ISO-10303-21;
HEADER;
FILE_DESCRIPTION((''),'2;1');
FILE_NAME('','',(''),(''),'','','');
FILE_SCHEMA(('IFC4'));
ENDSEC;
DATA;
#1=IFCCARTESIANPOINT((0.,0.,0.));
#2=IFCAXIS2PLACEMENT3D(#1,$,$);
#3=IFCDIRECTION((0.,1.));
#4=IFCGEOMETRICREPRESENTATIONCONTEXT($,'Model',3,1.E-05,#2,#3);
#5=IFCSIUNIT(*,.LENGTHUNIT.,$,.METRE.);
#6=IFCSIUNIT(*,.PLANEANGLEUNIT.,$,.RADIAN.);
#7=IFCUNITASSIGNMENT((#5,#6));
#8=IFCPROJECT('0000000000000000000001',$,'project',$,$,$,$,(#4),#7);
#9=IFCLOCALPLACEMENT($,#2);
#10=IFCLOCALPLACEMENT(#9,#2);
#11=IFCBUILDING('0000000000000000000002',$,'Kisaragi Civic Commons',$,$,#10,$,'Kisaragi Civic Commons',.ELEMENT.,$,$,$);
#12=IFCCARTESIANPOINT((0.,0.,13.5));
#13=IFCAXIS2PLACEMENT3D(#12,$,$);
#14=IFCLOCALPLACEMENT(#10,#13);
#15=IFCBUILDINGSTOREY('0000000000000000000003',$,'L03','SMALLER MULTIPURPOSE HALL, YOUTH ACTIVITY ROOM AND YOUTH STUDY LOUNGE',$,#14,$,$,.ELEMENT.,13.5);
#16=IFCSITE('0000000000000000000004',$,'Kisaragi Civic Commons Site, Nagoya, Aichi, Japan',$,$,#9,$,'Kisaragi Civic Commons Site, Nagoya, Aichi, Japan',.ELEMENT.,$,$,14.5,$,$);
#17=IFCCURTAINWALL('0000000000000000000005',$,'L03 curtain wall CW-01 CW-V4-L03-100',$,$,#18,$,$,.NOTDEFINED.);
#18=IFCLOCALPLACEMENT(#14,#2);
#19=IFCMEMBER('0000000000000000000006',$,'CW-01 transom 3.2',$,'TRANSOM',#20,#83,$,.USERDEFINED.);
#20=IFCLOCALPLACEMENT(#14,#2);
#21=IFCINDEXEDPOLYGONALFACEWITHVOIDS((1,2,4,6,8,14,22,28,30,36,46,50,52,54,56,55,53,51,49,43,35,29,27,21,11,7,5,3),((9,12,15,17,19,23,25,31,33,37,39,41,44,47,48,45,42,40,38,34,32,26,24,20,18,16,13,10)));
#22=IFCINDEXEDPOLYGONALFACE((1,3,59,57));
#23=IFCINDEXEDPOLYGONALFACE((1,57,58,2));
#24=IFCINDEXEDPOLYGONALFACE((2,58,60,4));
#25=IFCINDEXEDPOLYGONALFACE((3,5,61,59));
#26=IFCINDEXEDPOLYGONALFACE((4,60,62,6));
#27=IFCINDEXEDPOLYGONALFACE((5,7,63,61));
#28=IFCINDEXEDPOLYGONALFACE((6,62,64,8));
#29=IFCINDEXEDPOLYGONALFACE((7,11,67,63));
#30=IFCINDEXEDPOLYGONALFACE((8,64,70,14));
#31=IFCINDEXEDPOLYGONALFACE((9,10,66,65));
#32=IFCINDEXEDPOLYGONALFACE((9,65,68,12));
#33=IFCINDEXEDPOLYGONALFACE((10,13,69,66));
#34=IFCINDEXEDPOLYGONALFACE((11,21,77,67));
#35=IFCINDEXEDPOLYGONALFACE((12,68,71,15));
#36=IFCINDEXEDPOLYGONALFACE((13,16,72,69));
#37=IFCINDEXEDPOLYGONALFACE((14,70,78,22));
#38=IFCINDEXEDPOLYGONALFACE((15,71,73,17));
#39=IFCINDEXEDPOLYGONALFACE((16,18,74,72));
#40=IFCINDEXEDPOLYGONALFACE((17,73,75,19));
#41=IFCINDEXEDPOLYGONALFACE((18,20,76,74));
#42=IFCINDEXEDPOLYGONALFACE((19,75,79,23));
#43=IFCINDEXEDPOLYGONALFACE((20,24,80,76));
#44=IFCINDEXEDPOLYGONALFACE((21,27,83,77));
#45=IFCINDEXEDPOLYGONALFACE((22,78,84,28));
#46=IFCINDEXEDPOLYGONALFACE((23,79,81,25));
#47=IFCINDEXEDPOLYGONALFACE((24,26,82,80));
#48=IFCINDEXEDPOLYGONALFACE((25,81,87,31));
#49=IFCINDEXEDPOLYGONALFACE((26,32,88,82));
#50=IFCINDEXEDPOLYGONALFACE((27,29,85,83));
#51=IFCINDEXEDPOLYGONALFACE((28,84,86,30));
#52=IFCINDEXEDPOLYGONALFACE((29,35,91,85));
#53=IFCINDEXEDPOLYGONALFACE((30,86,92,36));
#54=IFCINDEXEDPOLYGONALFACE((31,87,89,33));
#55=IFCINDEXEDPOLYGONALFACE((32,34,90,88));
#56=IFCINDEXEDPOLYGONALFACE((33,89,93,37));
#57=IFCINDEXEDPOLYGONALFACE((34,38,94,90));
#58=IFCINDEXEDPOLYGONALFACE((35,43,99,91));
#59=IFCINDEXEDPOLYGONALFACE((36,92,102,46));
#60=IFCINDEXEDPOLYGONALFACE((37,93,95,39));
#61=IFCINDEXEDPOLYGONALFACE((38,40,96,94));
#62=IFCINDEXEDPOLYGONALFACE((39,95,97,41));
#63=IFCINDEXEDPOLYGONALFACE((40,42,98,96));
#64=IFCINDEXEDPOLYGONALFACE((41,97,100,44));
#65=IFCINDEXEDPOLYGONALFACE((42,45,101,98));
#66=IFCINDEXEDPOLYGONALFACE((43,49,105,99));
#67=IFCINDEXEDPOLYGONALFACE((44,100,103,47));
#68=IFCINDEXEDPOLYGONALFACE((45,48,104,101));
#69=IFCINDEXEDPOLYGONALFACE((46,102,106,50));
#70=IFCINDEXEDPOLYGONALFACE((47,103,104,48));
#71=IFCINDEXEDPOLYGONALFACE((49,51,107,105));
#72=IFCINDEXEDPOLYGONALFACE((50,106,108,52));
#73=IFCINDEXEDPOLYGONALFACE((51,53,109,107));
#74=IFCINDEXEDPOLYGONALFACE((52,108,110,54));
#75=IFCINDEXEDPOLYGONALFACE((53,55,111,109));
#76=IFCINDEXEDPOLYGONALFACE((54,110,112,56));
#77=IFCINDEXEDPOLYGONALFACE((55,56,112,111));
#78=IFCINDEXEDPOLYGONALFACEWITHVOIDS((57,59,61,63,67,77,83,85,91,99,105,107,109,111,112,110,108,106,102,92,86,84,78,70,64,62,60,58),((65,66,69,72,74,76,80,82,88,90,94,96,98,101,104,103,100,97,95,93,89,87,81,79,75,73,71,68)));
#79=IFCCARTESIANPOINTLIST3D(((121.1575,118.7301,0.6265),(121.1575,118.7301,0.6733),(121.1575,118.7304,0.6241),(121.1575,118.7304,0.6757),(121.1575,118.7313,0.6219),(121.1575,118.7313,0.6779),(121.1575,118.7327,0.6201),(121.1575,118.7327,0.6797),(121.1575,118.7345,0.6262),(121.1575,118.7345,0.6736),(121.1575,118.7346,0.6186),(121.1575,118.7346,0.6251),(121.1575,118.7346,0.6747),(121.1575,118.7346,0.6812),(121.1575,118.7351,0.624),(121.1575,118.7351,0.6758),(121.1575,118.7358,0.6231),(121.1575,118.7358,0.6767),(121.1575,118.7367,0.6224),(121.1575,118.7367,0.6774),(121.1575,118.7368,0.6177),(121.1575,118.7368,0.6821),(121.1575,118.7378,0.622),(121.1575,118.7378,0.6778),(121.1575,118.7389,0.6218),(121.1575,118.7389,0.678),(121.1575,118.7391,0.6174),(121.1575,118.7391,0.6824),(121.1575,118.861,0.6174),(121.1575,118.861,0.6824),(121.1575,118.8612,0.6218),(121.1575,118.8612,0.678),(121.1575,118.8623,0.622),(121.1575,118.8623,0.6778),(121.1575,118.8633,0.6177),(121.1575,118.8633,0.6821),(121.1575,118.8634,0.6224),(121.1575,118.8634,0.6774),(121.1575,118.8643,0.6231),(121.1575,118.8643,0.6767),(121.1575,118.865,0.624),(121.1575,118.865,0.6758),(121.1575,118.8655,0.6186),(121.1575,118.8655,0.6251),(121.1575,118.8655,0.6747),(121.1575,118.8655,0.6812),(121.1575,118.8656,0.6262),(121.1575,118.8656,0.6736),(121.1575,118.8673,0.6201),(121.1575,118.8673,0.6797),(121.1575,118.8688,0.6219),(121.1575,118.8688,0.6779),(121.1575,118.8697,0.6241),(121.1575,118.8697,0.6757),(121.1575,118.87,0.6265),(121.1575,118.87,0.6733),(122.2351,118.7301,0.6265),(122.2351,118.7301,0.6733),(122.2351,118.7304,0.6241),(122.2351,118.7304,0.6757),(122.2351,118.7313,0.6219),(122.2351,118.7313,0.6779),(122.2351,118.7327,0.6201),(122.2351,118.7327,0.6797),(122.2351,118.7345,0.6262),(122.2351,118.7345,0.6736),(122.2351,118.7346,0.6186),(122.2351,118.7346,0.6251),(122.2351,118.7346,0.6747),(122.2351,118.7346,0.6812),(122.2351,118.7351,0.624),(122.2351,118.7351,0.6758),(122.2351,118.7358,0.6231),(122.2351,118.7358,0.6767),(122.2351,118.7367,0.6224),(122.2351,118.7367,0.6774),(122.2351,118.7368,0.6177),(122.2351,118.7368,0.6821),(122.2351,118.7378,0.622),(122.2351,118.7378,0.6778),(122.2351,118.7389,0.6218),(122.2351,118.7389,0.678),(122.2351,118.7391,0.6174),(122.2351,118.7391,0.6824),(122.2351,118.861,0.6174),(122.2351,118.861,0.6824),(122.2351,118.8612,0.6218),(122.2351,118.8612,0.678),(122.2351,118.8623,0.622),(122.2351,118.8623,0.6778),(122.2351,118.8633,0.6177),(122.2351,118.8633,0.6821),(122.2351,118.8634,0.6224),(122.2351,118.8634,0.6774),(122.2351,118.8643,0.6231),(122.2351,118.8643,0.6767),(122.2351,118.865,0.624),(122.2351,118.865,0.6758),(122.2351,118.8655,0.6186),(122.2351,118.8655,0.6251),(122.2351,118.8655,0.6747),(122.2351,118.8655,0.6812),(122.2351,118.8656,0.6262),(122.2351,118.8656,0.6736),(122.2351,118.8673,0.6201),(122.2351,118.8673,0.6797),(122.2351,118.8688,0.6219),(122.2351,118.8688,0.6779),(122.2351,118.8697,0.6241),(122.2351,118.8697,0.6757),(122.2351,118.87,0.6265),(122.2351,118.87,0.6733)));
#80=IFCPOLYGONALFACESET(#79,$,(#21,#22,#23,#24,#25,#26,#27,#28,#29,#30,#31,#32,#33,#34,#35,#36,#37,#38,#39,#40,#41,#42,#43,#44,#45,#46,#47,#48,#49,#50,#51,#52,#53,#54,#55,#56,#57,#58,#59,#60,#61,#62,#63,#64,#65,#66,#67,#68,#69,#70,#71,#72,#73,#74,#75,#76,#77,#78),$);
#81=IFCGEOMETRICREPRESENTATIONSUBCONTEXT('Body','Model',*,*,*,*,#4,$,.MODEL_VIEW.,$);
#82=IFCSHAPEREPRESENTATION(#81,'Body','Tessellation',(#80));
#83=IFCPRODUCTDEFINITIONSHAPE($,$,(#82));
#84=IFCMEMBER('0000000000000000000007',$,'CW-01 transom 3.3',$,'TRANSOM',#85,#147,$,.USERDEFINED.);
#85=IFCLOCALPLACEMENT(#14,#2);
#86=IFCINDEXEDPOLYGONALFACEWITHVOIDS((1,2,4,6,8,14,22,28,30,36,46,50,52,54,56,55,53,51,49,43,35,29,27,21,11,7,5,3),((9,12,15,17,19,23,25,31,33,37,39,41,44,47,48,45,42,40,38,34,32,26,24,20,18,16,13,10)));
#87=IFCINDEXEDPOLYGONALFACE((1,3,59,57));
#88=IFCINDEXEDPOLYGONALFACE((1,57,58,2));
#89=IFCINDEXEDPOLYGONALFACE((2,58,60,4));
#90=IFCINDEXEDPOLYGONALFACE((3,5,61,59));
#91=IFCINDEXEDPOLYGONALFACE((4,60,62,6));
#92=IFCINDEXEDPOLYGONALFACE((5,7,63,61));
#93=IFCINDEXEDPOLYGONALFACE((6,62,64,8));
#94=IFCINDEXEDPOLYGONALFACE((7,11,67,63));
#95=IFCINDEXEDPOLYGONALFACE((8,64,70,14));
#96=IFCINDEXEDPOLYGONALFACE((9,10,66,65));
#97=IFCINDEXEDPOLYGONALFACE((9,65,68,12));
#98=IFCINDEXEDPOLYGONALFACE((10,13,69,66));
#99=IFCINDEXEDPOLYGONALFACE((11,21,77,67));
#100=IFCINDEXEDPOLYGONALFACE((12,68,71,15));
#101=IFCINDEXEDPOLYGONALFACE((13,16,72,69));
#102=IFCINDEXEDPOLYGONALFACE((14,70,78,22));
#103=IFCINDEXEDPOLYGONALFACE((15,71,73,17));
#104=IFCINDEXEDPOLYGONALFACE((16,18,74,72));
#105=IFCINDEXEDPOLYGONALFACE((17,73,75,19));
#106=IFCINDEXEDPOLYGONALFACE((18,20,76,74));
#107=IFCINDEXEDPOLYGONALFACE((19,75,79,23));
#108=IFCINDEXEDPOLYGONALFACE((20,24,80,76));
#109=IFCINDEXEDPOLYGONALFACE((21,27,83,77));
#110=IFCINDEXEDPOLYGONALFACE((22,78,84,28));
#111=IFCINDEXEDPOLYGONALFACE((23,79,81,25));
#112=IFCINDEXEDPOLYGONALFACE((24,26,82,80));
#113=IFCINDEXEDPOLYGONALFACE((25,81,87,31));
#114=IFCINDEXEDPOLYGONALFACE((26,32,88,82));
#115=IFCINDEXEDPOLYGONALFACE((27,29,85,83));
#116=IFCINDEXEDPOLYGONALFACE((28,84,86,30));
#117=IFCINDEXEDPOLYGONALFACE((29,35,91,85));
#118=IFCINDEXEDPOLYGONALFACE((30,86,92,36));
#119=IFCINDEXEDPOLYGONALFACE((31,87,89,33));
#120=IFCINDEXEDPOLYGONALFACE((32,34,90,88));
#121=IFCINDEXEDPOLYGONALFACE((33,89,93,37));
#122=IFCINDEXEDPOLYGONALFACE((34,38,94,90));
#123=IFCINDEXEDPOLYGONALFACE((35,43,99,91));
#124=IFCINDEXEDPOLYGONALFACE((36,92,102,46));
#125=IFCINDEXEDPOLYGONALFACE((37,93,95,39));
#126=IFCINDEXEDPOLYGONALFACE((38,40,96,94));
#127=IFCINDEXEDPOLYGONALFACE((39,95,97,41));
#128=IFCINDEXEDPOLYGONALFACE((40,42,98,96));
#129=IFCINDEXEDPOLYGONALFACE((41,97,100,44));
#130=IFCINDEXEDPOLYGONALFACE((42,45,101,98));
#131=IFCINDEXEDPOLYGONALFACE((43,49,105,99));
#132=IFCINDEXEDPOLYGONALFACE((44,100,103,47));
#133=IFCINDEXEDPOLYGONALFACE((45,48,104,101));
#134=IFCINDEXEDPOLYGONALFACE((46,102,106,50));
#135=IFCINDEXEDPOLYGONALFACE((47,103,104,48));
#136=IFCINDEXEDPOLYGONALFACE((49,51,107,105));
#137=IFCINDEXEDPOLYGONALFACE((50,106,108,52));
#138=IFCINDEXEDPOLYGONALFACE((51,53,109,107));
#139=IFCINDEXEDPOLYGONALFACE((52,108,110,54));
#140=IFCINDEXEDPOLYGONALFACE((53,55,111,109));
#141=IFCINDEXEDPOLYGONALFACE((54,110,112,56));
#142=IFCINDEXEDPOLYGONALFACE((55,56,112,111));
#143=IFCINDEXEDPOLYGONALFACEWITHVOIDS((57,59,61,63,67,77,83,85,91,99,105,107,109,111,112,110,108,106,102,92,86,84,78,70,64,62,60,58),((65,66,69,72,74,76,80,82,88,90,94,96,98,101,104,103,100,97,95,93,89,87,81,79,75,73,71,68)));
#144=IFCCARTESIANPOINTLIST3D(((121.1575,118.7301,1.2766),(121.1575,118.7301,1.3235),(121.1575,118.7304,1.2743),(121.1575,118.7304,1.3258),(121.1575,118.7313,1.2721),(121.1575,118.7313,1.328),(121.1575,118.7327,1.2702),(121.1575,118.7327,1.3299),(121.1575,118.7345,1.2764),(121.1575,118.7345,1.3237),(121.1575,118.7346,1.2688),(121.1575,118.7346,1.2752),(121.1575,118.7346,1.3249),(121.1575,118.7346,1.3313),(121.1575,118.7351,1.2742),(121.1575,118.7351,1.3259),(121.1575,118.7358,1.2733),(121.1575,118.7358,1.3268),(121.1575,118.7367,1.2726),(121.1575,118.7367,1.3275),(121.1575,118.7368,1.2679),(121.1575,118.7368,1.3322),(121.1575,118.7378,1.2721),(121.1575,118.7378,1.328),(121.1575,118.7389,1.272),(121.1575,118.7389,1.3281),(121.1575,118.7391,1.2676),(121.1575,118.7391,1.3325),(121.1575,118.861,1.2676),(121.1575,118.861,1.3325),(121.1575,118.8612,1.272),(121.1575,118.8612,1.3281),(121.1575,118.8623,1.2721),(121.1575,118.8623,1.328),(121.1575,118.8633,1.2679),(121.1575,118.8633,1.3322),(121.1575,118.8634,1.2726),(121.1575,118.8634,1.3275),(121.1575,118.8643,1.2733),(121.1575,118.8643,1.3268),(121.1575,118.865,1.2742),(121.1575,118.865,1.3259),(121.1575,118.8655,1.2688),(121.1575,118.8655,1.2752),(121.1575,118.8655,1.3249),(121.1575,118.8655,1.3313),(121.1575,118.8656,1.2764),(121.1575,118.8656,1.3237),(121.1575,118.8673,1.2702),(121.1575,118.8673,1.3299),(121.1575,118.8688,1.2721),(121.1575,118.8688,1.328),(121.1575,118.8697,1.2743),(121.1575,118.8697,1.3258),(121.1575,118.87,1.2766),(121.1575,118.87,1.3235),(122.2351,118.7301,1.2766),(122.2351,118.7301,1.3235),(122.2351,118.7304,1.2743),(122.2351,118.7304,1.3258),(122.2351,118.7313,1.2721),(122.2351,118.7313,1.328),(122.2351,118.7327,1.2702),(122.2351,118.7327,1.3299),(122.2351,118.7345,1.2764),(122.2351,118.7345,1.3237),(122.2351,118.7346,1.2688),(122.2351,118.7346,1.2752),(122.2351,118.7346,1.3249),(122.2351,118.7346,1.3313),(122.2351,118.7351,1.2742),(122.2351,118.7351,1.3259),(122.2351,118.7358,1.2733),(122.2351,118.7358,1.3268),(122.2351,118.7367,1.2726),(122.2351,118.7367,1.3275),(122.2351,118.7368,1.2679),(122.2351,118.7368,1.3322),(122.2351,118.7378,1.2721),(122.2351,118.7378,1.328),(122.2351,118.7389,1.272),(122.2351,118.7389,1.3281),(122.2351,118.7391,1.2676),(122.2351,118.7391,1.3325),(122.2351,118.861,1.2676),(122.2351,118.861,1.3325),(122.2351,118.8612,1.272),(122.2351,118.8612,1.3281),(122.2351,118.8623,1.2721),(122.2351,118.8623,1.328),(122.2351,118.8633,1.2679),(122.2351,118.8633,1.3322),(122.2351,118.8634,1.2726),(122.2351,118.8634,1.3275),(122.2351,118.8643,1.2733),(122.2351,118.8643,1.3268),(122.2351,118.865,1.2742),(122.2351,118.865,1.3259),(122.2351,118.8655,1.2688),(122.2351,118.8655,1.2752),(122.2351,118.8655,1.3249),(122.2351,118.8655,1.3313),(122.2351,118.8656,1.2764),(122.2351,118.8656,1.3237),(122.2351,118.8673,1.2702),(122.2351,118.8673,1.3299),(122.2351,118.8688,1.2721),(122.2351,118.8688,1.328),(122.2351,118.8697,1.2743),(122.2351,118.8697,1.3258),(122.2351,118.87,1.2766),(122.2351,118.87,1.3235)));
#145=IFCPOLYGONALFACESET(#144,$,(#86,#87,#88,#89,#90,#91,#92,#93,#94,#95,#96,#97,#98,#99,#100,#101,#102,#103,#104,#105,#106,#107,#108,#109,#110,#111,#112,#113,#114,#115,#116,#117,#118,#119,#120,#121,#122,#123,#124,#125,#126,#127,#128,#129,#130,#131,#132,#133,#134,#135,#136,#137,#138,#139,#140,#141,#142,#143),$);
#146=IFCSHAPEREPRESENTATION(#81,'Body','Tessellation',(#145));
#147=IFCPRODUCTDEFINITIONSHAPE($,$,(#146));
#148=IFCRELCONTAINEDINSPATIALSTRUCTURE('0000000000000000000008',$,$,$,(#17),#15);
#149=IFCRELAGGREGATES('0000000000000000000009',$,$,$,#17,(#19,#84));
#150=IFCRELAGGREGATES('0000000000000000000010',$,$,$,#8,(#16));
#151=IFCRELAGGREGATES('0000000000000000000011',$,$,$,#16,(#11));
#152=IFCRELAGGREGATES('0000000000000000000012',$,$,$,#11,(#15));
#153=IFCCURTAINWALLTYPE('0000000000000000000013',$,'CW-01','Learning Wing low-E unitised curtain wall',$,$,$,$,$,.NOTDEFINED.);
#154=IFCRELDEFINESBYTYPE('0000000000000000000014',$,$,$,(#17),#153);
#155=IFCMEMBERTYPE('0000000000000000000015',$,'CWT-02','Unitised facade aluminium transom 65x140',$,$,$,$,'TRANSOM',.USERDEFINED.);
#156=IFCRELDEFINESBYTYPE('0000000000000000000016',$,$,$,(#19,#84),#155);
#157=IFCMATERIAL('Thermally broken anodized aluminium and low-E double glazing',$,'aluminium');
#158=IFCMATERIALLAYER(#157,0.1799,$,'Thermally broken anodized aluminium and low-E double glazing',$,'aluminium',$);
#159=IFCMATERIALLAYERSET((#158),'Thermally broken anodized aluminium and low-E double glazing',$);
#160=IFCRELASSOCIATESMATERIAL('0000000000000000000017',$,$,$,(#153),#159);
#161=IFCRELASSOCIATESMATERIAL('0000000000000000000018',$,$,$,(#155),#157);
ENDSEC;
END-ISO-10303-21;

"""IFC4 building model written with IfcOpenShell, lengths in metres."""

from ifc_helpers import new_model, si_unit, direction, frame, origin, origin_2d, place, context, subcontext, project, spatial, hollow_rectangle, extrude, material, layer, layer_set, material_profile, profile_set, type_object, element, aggregate, save


model = new_model("IFC4")

# Units and contexts
model_context = context("Model", 3, precision=1e-05, world=origin(), true_north=direction((0.0, 1.0)))
body_context = subcontext(model_context, "Body", "Model", "MODEL_VIEW")
ifc_project = project(units=[si_unit("LENGTHUNIT", "METRE"), si_unit("PLANEANGLEUNIT", "RADIAN")], contexts=[model_context])

# Site, building, storey
site_placement = place(None, origin())
site = spatial("IfcSite", under=ifc_project, at=site_placement, Name="Kisaragi Civic Commons Site, Nagoya, Aichi, Japan", LongName="Kisaragi Civic Commons Site, Nagoya, Aichi, Japan", CompositionType="ELEMENT", RefElevation=14.5)
building_placement = place(site_placement, origin())
building = spatial("IfcBuilding", under=site, at=building_placement, Name="Kisaragi Civic Commons", LongName="Kisaragi Civic Commons", CompositionType="ELEMENT")
storey_placement = place(building_placement, frame((0.0, 0.0, 13.5)))
storey = spatial("IfcBuildingStorey", under=building, at=storey_placement, Name="L03", Description="SMALLER MULTIPURPOSE HALL, YOUTH ACTIVITY ROOM AND YOUTH STUDY LOUNGE", CompositionType="ELEMENT", Elevation=13.5)

# Curtain wall, members
ifc_material = material(Name="Thermally broken anodized aluminium and low-E double glazing", Category="aluminium")
ifc_layer_1 = layer(ifc_material, 0.1799, Name="Thermally broken anodized aluminium and low-E double glazing", Category="aluminium")
ifc_layer_set_1 = layer_set([ifc_layer_1], Name="Thermally broken anodized aluminium and low-E double glazing")
curtain_wall_type = type_object("IfcCurtainWallType", Name="CW-01", Description="Learning Wing low-E unitised curtain wall", PredefinedType="NOTDEFINED", material=ifc_layer_set_1)
curtain_wall_placement = place(storey_placement, origin())
curtain_wall = element("IfcCurtainWall", 1, at=curtain_wall_placement, inside=storey, type_object=curtain_wall_type, Name="L03 curtain wall CW-01 CW-V4-L03-100", PredefinedType="NOTDEFINED")
ifc_material_profile_1 = material_profile(ifc_material, hollow_rectangle(XDim=0.1399, YDim=0.0649, WallThickness=0.0044, InnerFilletRadius=0.0044, OuterFilletRadius=0.009, at=origin_2d()), Name="CWT-65x140x4.5", Category="aluminium")
ifc_profile_set_1 = profile_set([ifc_material_profile_1], Name="Thermally broken anodized aluminium and low-E double glazing")
member_type_1 = type_object("IfcMemberType", Name="CWT-02", Description="Unitised facade aluminium transom 65x140", ElementType="TRANSOM", PredefinedType="USERDEFINED", material=ifc_profile_set_1)
member_1_placement = place(storey_placement, frame((121.1575, 118.8, 0.6499), z_axis=(1.0, 0.0, 0.0), x_axis=(0.0, 1.0, 0.0)))
member_1 = element("IfcMember", 2, at=member_1_placement, type_object=member_type_1, Name="CW-01 transom 3.2", ObjectType="TRANSOM", PredefinedType="USERDEFINED", context=body_context, shape_type="SweptSolid", body=[
    extrude(hollow_rectangle(XDim=0.1399, YDim=0.0649, WallThickness=0.0044, InnerFilletRadius=0.0044, OuterFilletRadius=0.009, at=origin_2d()), origin(), (0.0, 0.0, 1.0), 1.0776),
])
member_2_placement = place(storey_placement, frame((121.1575, 118.8, 1.3), z_axis=(1.0, 0.0, 0.0), x_axis=(0.0, 1.0, 0.0)))
member_2 = element("IfcMember", 3, at=member_2_placement, type_object=member_type_1, Name="CW-01 transom 3.3", ObjectType="TRANSOM", PredefinedType="USERDEFINED", context=body_context, shape_type="SweptSolid", body=[
    extrude(hollow_rectangle(XDim=0.1399, YDim=0.0649, WallThickness=0.0044, InnerFilletRadius=0.0044, OuterFilletRadius=0.009, at=origin_2d()), origin(), (0.0, 0.0, 1.0), 1.0776),
])
aggregate(curtain_wall, [member_1, member_2])

save(model, "model.ifc")
